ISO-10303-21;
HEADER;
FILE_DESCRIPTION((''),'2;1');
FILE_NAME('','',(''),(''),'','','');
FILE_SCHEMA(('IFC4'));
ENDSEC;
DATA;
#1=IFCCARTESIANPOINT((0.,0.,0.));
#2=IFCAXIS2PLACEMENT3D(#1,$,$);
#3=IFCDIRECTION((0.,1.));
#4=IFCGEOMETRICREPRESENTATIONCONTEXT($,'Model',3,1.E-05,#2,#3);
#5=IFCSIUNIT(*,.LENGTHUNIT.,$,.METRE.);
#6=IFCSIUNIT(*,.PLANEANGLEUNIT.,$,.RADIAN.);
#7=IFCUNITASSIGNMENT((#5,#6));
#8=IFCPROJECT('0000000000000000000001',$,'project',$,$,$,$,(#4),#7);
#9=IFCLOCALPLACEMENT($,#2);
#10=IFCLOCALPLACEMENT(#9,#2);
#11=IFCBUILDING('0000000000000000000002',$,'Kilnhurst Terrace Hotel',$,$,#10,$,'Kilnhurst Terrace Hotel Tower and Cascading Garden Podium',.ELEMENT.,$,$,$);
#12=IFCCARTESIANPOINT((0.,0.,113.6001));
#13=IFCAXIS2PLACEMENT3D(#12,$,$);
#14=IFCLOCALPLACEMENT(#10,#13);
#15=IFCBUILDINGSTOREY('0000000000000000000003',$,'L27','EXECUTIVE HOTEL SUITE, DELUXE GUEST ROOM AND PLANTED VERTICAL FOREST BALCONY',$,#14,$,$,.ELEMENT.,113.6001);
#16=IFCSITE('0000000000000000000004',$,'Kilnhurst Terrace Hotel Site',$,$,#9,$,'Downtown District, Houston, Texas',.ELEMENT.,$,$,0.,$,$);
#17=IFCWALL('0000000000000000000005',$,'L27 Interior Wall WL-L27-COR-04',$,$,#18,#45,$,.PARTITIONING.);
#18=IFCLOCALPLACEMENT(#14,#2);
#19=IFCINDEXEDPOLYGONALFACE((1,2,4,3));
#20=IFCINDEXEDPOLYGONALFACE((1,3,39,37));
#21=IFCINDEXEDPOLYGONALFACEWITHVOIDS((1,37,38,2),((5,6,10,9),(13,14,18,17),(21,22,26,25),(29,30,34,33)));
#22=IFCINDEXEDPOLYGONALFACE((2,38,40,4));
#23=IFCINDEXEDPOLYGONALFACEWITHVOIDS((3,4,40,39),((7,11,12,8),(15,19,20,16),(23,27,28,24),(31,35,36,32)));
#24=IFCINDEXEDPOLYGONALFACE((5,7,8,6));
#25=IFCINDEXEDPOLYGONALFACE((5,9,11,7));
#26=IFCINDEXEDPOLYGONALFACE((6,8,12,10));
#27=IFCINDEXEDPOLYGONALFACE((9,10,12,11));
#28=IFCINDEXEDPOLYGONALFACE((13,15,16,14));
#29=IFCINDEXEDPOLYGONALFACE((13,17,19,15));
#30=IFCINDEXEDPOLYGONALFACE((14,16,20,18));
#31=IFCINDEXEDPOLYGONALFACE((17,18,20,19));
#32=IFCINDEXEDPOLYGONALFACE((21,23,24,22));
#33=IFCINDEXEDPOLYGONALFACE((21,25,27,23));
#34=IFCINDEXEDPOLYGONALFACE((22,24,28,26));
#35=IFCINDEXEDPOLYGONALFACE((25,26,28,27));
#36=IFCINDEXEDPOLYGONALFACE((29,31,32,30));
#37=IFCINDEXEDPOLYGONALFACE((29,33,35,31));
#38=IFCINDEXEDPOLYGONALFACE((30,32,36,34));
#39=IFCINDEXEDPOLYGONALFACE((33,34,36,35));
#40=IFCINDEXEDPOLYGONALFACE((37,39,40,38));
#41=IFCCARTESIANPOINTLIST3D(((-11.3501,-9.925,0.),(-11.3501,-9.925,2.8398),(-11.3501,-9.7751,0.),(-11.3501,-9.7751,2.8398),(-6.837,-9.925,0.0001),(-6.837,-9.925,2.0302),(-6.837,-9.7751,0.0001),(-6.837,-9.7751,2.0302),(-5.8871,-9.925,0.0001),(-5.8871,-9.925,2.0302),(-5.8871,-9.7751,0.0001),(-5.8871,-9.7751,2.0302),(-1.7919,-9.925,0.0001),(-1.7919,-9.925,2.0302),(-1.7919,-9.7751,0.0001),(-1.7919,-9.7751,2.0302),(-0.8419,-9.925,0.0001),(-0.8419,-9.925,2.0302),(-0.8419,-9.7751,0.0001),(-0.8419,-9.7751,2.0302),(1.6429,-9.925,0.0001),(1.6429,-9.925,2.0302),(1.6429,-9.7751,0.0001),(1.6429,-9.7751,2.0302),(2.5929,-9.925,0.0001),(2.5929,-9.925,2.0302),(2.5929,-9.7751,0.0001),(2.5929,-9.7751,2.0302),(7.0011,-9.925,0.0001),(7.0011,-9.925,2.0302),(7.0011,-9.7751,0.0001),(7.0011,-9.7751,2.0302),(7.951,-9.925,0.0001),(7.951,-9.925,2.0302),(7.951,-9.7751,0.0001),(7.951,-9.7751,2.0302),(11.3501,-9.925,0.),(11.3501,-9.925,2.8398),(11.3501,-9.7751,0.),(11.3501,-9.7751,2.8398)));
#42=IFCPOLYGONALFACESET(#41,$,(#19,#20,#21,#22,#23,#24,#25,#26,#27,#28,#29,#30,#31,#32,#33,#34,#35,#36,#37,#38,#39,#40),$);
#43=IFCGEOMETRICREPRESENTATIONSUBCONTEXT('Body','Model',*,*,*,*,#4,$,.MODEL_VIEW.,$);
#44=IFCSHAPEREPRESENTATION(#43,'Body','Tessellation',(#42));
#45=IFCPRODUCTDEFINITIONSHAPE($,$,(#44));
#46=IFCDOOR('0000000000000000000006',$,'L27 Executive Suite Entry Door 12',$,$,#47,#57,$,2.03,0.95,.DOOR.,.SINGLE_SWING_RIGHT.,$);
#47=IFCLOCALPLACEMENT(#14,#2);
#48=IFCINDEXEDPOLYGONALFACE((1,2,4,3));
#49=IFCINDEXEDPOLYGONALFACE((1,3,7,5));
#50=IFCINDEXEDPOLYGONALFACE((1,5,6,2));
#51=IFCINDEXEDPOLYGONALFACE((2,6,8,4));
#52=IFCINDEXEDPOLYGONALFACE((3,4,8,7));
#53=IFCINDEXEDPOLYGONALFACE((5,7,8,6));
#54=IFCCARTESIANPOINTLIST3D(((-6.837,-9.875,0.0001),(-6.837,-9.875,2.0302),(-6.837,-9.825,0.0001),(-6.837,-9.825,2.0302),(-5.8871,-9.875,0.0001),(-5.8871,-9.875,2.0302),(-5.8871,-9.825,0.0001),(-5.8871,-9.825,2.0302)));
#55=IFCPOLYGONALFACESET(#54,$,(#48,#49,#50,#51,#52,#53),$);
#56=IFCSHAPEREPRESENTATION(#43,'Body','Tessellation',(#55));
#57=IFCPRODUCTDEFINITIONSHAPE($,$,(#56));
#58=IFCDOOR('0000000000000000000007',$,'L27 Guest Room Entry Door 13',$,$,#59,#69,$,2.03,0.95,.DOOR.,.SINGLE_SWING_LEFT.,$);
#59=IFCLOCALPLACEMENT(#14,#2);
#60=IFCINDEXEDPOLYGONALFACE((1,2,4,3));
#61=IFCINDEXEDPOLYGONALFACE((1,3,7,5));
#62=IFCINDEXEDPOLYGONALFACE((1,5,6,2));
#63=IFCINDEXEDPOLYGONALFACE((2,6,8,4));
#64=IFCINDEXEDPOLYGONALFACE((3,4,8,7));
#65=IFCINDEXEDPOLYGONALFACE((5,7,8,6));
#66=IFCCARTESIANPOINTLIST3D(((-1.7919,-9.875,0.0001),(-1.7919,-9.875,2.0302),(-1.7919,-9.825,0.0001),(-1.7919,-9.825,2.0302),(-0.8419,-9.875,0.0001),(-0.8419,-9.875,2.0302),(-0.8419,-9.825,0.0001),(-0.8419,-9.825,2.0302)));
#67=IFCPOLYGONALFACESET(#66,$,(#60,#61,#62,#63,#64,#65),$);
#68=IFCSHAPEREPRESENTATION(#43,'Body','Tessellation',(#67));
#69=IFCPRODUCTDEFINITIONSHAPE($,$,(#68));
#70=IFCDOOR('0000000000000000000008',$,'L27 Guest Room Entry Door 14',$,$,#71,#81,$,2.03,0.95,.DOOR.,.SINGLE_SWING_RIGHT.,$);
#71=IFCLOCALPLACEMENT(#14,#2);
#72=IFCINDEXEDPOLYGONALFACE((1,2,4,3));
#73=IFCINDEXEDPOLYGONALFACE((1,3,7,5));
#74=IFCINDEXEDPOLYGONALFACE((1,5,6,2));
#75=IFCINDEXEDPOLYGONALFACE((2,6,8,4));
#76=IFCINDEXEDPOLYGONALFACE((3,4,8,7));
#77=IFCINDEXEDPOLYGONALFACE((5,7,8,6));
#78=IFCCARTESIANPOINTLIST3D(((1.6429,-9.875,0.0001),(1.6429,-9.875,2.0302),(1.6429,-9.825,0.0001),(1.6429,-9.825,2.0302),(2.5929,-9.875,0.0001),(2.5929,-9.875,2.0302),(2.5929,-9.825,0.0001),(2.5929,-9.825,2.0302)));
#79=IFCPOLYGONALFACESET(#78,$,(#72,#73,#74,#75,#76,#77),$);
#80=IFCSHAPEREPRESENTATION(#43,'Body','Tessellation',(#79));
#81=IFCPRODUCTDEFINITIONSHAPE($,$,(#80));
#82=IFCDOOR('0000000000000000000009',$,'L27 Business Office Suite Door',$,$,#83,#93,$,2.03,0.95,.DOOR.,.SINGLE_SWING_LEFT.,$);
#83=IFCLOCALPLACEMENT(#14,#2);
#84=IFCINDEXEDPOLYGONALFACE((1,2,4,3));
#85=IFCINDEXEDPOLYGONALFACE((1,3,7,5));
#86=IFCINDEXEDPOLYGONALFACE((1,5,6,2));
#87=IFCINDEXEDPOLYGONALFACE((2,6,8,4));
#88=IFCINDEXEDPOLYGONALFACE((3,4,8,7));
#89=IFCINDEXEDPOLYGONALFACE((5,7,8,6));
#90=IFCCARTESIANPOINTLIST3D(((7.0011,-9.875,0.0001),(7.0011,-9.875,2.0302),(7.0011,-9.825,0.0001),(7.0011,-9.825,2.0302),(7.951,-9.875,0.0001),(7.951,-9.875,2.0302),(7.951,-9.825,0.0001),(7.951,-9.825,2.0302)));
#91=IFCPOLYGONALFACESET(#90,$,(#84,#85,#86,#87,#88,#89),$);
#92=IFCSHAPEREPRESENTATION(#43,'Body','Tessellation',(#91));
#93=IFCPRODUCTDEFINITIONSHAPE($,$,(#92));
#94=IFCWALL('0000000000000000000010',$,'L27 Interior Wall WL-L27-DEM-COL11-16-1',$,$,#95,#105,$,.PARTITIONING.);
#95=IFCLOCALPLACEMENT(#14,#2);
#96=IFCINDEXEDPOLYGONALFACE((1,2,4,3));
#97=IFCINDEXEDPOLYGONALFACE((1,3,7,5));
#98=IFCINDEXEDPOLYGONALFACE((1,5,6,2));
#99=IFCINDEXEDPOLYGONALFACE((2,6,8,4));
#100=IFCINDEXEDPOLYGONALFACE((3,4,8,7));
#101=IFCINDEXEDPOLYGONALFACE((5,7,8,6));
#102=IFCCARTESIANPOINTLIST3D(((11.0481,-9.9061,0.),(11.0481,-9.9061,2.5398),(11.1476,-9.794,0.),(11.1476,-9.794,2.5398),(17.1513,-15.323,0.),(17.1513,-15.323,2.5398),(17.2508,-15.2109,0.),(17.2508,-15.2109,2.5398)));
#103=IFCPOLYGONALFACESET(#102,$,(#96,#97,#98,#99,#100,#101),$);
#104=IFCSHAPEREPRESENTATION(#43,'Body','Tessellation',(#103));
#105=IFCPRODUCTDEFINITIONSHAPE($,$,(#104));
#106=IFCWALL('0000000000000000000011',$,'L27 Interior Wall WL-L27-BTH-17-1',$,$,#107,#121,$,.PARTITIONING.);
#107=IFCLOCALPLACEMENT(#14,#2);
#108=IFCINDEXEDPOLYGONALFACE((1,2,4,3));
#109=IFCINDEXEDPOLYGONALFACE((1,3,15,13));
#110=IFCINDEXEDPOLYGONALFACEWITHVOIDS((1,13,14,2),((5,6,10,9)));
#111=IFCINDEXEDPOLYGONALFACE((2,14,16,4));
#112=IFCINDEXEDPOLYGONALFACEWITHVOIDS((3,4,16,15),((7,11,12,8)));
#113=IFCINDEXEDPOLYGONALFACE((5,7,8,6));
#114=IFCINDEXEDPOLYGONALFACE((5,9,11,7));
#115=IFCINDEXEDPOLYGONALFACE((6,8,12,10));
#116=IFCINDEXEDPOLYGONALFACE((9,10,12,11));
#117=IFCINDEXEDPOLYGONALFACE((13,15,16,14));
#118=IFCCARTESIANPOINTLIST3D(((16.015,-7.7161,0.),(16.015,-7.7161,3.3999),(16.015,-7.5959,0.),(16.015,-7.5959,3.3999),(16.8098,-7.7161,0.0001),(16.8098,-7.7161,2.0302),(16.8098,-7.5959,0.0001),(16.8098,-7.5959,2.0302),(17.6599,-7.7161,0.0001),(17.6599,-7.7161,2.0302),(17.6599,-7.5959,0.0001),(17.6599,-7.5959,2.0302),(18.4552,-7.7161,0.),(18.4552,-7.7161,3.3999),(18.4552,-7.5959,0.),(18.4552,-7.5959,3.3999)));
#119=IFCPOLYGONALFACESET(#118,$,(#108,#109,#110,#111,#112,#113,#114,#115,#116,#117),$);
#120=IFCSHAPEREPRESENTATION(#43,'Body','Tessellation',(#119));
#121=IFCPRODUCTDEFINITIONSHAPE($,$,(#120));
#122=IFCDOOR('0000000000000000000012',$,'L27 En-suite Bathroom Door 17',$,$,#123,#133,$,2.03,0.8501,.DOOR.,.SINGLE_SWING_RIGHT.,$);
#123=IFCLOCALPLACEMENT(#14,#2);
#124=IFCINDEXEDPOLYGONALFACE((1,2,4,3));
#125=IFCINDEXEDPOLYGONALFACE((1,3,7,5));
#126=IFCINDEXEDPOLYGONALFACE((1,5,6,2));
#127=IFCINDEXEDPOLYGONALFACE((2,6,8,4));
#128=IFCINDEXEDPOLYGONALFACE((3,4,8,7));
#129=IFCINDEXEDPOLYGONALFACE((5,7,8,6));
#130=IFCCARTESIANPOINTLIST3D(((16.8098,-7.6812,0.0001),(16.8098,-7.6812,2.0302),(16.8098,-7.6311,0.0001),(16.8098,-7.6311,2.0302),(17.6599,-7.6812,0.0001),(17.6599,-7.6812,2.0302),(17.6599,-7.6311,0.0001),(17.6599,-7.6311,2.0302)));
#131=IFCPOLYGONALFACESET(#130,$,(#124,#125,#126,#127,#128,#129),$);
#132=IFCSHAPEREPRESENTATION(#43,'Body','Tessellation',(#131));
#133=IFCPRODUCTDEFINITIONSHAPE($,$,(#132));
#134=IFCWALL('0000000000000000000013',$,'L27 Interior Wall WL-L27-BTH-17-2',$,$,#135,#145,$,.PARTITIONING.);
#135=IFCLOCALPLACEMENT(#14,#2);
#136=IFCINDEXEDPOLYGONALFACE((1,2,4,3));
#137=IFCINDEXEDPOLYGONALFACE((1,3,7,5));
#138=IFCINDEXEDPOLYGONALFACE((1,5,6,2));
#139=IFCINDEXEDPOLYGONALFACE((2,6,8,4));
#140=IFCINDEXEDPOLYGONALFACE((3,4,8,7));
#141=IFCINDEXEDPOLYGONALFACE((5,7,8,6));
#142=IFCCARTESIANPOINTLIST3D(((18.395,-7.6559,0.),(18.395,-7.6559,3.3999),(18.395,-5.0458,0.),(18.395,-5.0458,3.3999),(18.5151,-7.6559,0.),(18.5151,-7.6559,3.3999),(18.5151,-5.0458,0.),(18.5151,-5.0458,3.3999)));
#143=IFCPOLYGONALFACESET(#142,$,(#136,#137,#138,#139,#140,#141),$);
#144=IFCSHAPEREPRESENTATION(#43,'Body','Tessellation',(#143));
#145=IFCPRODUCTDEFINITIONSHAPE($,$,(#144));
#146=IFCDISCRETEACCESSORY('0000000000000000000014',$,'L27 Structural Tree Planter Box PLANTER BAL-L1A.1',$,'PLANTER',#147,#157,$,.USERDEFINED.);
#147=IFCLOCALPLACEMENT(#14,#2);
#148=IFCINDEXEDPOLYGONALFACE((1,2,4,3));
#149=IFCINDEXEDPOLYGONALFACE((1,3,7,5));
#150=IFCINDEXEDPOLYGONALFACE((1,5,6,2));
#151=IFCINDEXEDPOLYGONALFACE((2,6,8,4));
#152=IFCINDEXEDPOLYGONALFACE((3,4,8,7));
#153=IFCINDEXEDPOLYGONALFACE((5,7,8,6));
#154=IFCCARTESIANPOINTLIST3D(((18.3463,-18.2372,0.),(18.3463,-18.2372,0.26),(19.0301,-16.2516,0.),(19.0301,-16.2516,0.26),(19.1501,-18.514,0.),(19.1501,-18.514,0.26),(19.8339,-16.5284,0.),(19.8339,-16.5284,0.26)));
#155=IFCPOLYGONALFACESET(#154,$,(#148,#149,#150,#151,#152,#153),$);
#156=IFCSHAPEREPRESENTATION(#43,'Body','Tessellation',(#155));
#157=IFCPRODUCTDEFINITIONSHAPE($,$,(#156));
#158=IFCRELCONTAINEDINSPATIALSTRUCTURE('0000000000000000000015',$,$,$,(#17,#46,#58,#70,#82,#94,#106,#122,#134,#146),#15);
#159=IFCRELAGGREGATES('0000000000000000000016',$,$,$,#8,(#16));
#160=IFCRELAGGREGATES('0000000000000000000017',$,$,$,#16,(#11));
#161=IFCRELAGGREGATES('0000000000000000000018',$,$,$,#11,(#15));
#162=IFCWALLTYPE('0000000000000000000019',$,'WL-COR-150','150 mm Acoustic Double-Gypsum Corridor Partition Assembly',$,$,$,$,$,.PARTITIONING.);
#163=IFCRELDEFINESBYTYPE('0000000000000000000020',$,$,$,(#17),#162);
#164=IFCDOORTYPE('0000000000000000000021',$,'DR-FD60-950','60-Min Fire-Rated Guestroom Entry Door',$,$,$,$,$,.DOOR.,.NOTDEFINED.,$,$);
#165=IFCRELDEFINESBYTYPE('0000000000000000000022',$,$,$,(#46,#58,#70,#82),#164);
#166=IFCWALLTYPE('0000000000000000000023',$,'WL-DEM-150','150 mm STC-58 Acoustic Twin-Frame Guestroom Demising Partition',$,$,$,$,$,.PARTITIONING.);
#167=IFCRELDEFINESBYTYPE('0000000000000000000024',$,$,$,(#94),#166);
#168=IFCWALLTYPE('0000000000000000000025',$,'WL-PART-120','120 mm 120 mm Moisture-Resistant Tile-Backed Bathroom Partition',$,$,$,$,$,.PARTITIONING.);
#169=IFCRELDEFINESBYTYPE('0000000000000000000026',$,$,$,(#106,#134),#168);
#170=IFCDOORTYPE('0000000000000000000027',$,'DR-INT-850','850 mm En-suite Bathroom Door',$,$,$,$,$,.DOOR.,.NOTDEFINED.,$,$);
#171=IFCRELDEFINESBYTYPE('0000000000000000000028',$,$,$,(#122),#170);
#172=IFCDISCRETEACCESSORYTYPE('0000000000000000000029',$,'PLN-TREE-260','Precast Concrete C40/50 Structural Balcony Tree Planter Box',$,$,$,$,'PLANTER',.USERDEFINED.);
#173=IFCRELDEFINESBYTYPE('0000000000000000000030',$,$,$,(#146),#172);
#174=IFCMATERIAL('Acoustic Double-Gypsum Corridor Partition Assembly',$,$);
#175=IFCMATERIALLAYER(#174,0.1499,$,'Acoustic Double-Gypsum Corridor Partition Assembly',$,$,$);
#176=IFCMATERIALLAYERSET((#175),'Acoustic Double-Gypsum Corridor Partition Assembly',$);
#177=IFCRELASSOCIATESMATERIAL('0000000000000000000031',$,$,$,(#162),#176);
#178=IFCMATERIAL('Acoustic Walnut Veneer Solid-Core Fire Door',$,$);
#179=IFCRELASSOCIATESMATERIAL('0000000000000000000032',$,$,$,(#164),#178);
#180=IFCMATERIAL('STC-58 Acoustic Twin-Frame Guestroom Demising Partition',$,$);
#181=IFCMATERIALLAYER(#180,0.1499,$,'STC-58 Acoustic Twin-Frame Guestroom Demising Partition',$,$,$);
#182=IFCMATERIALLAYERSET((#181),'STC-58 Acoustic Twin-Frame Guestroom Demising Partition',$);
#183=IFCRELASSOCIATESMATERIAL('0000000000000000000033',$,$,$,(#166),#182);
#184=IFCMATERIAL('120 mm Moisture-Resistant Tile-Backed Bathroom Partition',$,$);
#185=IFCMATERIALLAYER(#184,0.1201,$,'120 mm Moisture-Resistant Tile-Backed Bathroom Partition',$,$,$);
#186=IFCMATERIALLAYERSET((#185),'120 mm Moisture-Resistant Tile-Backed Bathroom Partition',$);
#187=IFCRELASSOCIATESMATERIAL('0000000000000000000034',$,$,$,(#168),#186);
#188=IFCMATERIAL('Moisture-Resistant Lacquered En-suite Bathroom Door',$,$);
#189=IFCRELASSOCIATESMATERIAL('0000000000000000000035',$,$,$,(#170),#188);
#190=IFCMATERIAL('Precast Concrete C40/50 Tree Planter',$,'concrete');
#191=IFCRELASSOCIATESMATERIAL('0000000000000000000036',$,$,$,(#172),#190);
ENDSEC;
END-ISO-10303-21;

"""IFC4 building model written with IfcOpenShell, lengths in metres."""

from ifc_helpers import new_model, si_unit, direction, frame, frame_2d, origin, origin_2d, place, context, subcontext, project, spatial, rectangle, extrude, material, layer, layer_set, type_object, element, fill, save


model = new_model("IFC4")

# Units and contexts
model_context = context("Model", 3, precision=1e-05, world=origin(), true_north=direction((0.0, 1.0)))
body_context = subcontext(model_context, "Body", "Model", "MODEL_VIEW")
ifc_project = project(units=[si_unit("LENGTHUNIT", "METRE"), si_unit("PLANEANGLEUNIT", "RADIAN")], contexts=[model_context])

# Site, building, storey
site_placement = place(None, origin())
site = spatial("IfcSite", under=ifc_project, at=site_placement, Name="Kilnhurst Terrace Hotel Site", LongName="Downtown District, Houston, Texas", CompositionType="ELEMENT", RefElevation=0.0)
building_placement = place(site_placement, origin())
building = spatial("IfcBuilding", under=site, at=building_placement, Name="Kilnhurst Terrace Hotel", LongName="Kilnhurst Terrace Hotel Tower and Cascading Garden Podium", CompositionType="ELEMENT")
storey_placement = place(building_placement, frame((0.0, 0.0, 113.6001)))
storey = spatial("IfcBuildingStorey", under=building, at=storey_placement, Name="L27", Description="EXECUTIVE HOTEL SUITE, DELUXE GUEST ROOM AND PLANTED VERTICAL FOREST BALCONY", CompositionType="ELEMENT", Elevation=113.6001)

# Wall, openings, doors
ifc_material_1 = material(Name="Acoustic Double-Gypsum Corridor Partition Assembly")
ifc_layer_1 = layer(ifc_material_1, 0.1499, Name="Acoustic Double-Gypsum Corridor Partition Assembly")
ifc_layer_set_1 = layer_set([ifc_layer_1], Name="Acoustic Double-Gypsum Corridor Partition Assembly")
wall_type_1 = type_object("IfcWallType", Name="WL-COR-150", Description="150 mm Acoustic Double-Gypsum Corridor Partition Assembly", PredefinedType="PARTITIONING", material=ifc_layer_set_1)
wall_1_placement = place(storey_placement, frame((11.3501, -9.8501, 0.0), z_axis=(0.0, 0.0, 1.0), x_axis=(-1.0, 0.0, 0.0)))
wall_1 = element("IfcWall", 1, at=wall_1_placement, inside=storey, type_object=wall_type_1, Name="L27 Interior Wall WL-L27-COR-04", PredefinedType="PARTITIONING", context=body_context, shape_type="SweptSolid", body=[
    extrude(rectangle(XDim=22.7002, YDim=0.1499, at=frame_2d((11.3501, 0.0))), origin(), (0.0, 0.0, 1.0), 2.8398),
])
opening_1_placement = place(wall_1_placement, frame((17.2371, 0.0, 0.0)))
opening_1 = element("IfcOpeningElement", 2, at=opening_1_placement, cuts=wall_1, PredefinedType="OPENING", context=body_context, shape_type="SweptSolid", body=[
    extrude(rectangle(XDim=0.95, YDim=2.03, at=frame_2d((0.4751, 1.0151))), frame((0.0, 0.085, 0.0), z_axis=(0.0, -1.0, 0.0), x_axis=(1.0, 0.0, 0.0)), (0.0, 0.0, 1.0), 0.1699),
])
opening_2_placement = place(wall_1_placement, frame((12.1919, 0.0, 0.0)))
opening_2 = element("IfcOpeningElement", 3, at=opening_2_placement, cuts=wall_1, PredefinedType="OPENING", context=body_context, shape_type="SweptSolid", body=[
    extrude(rectangle(XDim=0.95, YDim=2.03, at=frame_2d((0.4751, 1.0151))), frame((0.0, 0.085, 0.0), z_axis=(0.0, -1.0, 0.0), x_axis=(1.0, 0.0, 0.0)), (0.0, 0.0, 1.0), 0.1699),
])
opening_3_placement = place(wall_1_placement, frame((8.7571, 0.0, 0.0)))
opening_3 = element("IfcOpeningElement", 4, at=opening_3_placement, cuts=wall_1, PredefinedType="OPENING", context=body_context, shape_type="SweptSolid", body=[
    extrude(rectangle(XDim=0.95, YDim=2.03, at=frame_2d((0.4751, 1.0151))), frame((0.0, 0.085, 0.0), z_axis=(0.0, -1.0, 0.0), x_axis=(1.0, 0.0, 0.0)), (0.0, 0.0, 1.0), 0.1699),
])
opening_4_placement = place(wall_1_placement, frame((3.3989, 0.0, 0.0)))
opening_4 = element("IfcOpeningElement", 5, at=opening_4_placement, cuts=wall_1, PredefinedType="OPENING", context=body_context, shape_type="SweptSolid", body=[
    extrude(rectangle(XDim=0.95, YDim=2.03, at=frame_2d((0.4751, 1.0151))), frame((0.0, 0.085, 0.0), z_axis=(0.0, -1.0, 0.0), x_axis=(1.0, 0.0, 0.0)), (0.0, 0.0, 1.0), 0.1699),
])
ifc_material_2 = material(Name="Acoustic Walnut Veneer Solid-Core Fire Door")
door_type_1 = type_object("IfcDoorType", Name="DR-FD60-950", Description="60-Min Fire-Rated Guestroom Entry Door", OperationType="NOTDEFINED", PredefinedType="DOOR", material=ifc_material_2)
door_1_placement = place(opening_1_placement, origin())
door_1 = element("IfcDoor", 6, at=door_1_placement, inside=storey, type_object=door_type_1, Name="L27 Executive Suite Entry Door 12", OperationType="SINGLE_SWING_RIGHT", OverallHeight=2.03, OverallWidth=0.95, PredefinedType="DOOR", context=body_context, shape_type="SweptSolid", body=[
    extrude(rectangle(XDim=0.95, YDim=2.03, at=frame_2d((0.4751, 1.0151))), frame((0.0, 0.0249, 0.0), z_axis=(0.0, -1.0, 0.0), x_axis=(1.0, 0.0, 0.0)), (0.0, 0.0, 1.0), 0.05),
])
fill(opening_1, door_1)
door_2_placement = place(opening_2_placement, origin())
door_2 = element("IfcDoor", 7, at=door_2_placement, inside=storey, type_object=door_type_1, Name="L27 Guest Room Entry Door 13", OperationType="SINGLE_SWING_LEFT", OverallHeight=2.03, OverallWidth=0.95, PredefinedType="DOOR", context=body_context, shape_type="SweptSolid", body=[
    extrude(rectangle(XDim=0.95, YDim=2.03, at=frame_2d((0.4751, 1.0151))), frame((0.0, 0.0249, 0.0), z_axis=(0.0, -1.0, 0.0), x_axis=(1.0, 0.0, 0.0)), (0.0, 0.0, 1.0), 0.05),
])
fill(opening_2, door_2)
door_3_placement = place(opening_3_placement, origin())
door_3 = element("IfcDoor", 8, at=door_3_placement, inside=storey, type_object=door_type_1, Name="L27 Guest Room Entry Door 14", OperationType="SINGLE_SWING_RIGHT", OverallHeight=2.03, OverallWidth=0.95, PredefinedType="DOOR", context=body_context, shape_type="SweptSolid", body=[
    extrude(rectangle(XDim=0.95, YDim=2.03, at=frame_2d((0.4751, 1.0151))), frame((0.0, 0.0249, 0.0), z_axis=(0.0, -1.0, 0.0), x_axis=(1.0, 0.0, 0.0)), (0.0, 0.0, 1.0), 0.05),
])
fill(opening_3, door_3)
door_4_placement = place(opening_4_placement, origin())
door_4 = element("IfcDoor", 9, at=door_4_placement, inside=storey, type_object=door_type_1, Name="L27 Business Office Suite Door", OperationType="SINGLE_SWING_LEFT", OverallHeight=2.03, OverallWidth=0.95, PredefinedType="DOOR", context=body_context, shape_type="SweptSolid", body=[
    extrude(rectangle(XDim=0.95, YDim=2.03, at=frame_2d((0.4751, 1.0151))), frame((0.0, 0.0249, 0.0), z_axis=(0.0, -1.0, 0.0), x_axis=(1.0, 0.0, 0.0)), (0.0, 0.0, 1.0), 0.05),
])
fill(opening_4, door_4)

# Wall
ifc_material_3 = material(Name="STC-58 Acoustic Twin-Frame Guestroom Demising Partition")
ifc_layer_2 = layer(ifc_material_3, 0.1499, Name="STC-58 Acoustic Twin-Frame Guestroom Demising Partition")
ifc_layer_set_2 = layer_set([ifc_layer_2], Name="STC-58 Acoustic Twin-Frame Guestroom Demising Partition")
wall_type_2 = type_object("IfcWallType", Name="WL-DEM-150", Description="150 mm STC-58 Acoustic Twin-Frame Guestroom Demising Partition", PredefinedType="PARTITIONING", material=ifc_layer_set_2)
wall_2_placement = place(storey_placement, frame((11.0979, -9.8501, 0.0), z_axis=(0.0, 0.0, 1.0), x_axis=(0.747904, -0.663807, 0.0)))
element("IfcWall", 10, at=wall_2_placement, inside=storey, type_object=wall_type_2, Name="L27 Interior Wall WL-L27-DEM-COL11-16-1", PredefinedType="PARTITIONING", context=body_context, shape_type="SweptSolid", body=[
    extrude(rectangle(XDim=8.1604, YDim=0.1499, at=frame_2d((4.0801, 0.0))), origin(), (0.0, 0.0, 1.0), 2.5398),
])

# Wall, opening, door
ifc_material_4 = material(Name="120 mm Moisture-Resistant Tile-Backed Bathroom Partition")
ifc_layer_3 = layer(ifc_material_4, 0.1201, Name="120 mm Moisture-Resistant Tile-Backed Bathroom Partition")
ifc_layer_set_3 = layer_set([ifc_layer_3], Name="120 mm Moisture-Resistant Tile-Backed Bathroom Partition")
wall_type_3 = type_object("IfcWallType", Name="WL-PART-120", Description="120 mm 120 mm Moisture-Resistant Tile-Backed Bathroom Partition", PredefinedType="PARTITIONING", material=ifc_layer_set_3)
wall_3_placement = place(storey_placement, frame((16.0149, -7.656, 0.0), z_axis=(0.0, 0.0, 1.0), x_axis=(1.0, 0.0, 0.0)))
wall_3 = element("IfcWall", 11, at=wall_3_placement, inside=storey, type_object=wall_type_3, Name="L27 Interior Wall WL-L27-BTH-17-1", PredefinedType="PARTITIONING", context=body_context, shape_type="SweptSolid", body=[
    extrude(rectangle(XDim=2.4402, YDim=0.1201, at=frame_2d((1.2202, 0.0))), origin(), (0.0, 0.0, 1.0), 3.3999),
])
opening_5_placement = place(wall_3_placement, frame((0.7949, 0.0, 0.0)))
opening_5 = element("IfcOpeningElement", 12, at=opening_5_placement, cuts=wall_3, PredefinedType="OPENING", context=body_context, shape_type="SweptSolid", body=[
    extrude(rectangle(XDim=0.8501, YDim=2.03, at=frame_2d((0.425, 1.0151))), frame((0.0, 0.0701, 0.0), z_axis=(0.0, -1.0, 0.0), x_axis=(1.0, 0.0, 0.0)), (0.0, 0.0, 1.0), 0.1401),
])
ifc_material_5 = material(Name="Moisture-Resistant Lacquered En-suite Bathroom Door")
door_type_2 = type_object("IfcDoorType", Name="DR-INT-850", Description="850 mm En-suite Bathroom Door", OperationType="NOTDEFINED", PredefinedType="DOOR", material=ifc_material_5)
door_5_placement = place(opening_5_placement, origin())
door_5 = element("IfcDoor", 13, at=door_5_placement, inside=storey, type_object=door_type_2, Name="L27 En-suite Bathroom Door 17", OperationType="SINGLE_SWING_RIGHT", OverallHeight=2.03, OverallWidth=0.8501, PredefinedType="DOOR", context=body_context, shape_type="SweptSolid", body=[
    extrude(rectangle(XDim=0.8501, YDim=2.03, at=frame_2d((0.425, 1.0151))), frame((0.0, 0.0249, 0.0), z_axis=(0.0, -1.0, 0.0), x_axis=(1.0, 0.0, 0.0)), (0.0, 0.0, 1.0), 0.05),
])
fill(opening_5, door_5)

# Wall
wall_4_placement = place(storey_placement, frame((18.4551, -7.656, 0.0), z_axis=(0.0, 0.0, 1.0), x_axis=(0.0, 1.0, 0.0)))
element("IfcWall", 14, at=wall_4_placement, inside=storey, type_object=wall_type_3, Name="L27 Interior Wall WL-L27-BTH-17-2", PredefinedType="PARTITIONING", context=body_context, shape_type="SweptSolid", body=[
    extrude(rectangle(XDim=2.6101, YDim=0.1201, at=frame_2d((1.3052, 0.0))), origin(), (0.0, 0.0, 1.0), 3.3999),
])

# Discrete accessory
ifc_material_6 = material(Name="Precast Concrete C40/50 Tree Planter", Category="concrete")
discrete_accessory_type = type_object("IfcDiscreteAccessoryType", Name="PLN-TREE-260", Description="Precast Concrete C40/50 Structural Balcony Tree Planter Box", ElementType="PLANTER", PredefinedType="USERDEFINED", material=ifc_material_6)
discrete_accessory_placement = place(storey_placement, frame((19.0901, -17.3828, 0.0), z_axis=(0.0, 0.0, 1.0), x_axis=(0.325601, 0.945507, 0.0)))
element("IfcDiscreteAccessory", 15, at=discrete_accessory_placement, inside=storey, type_object=discrete_accessory_type, Name="L27 Structural Tree Planter Box PLANTER BAL-L1A.1", ObjectType="PLANTER", PredefinedType="USERDEFINED", context=body_context, shape_type="SweptSolid", body=[
    extrude(rectangle(XDim=2.1001, YDim=0.8501, at=origin_2d()), origin(), (0.0, 0.0, 1.0), 0.26),
])

save(model, "model.ifc")
